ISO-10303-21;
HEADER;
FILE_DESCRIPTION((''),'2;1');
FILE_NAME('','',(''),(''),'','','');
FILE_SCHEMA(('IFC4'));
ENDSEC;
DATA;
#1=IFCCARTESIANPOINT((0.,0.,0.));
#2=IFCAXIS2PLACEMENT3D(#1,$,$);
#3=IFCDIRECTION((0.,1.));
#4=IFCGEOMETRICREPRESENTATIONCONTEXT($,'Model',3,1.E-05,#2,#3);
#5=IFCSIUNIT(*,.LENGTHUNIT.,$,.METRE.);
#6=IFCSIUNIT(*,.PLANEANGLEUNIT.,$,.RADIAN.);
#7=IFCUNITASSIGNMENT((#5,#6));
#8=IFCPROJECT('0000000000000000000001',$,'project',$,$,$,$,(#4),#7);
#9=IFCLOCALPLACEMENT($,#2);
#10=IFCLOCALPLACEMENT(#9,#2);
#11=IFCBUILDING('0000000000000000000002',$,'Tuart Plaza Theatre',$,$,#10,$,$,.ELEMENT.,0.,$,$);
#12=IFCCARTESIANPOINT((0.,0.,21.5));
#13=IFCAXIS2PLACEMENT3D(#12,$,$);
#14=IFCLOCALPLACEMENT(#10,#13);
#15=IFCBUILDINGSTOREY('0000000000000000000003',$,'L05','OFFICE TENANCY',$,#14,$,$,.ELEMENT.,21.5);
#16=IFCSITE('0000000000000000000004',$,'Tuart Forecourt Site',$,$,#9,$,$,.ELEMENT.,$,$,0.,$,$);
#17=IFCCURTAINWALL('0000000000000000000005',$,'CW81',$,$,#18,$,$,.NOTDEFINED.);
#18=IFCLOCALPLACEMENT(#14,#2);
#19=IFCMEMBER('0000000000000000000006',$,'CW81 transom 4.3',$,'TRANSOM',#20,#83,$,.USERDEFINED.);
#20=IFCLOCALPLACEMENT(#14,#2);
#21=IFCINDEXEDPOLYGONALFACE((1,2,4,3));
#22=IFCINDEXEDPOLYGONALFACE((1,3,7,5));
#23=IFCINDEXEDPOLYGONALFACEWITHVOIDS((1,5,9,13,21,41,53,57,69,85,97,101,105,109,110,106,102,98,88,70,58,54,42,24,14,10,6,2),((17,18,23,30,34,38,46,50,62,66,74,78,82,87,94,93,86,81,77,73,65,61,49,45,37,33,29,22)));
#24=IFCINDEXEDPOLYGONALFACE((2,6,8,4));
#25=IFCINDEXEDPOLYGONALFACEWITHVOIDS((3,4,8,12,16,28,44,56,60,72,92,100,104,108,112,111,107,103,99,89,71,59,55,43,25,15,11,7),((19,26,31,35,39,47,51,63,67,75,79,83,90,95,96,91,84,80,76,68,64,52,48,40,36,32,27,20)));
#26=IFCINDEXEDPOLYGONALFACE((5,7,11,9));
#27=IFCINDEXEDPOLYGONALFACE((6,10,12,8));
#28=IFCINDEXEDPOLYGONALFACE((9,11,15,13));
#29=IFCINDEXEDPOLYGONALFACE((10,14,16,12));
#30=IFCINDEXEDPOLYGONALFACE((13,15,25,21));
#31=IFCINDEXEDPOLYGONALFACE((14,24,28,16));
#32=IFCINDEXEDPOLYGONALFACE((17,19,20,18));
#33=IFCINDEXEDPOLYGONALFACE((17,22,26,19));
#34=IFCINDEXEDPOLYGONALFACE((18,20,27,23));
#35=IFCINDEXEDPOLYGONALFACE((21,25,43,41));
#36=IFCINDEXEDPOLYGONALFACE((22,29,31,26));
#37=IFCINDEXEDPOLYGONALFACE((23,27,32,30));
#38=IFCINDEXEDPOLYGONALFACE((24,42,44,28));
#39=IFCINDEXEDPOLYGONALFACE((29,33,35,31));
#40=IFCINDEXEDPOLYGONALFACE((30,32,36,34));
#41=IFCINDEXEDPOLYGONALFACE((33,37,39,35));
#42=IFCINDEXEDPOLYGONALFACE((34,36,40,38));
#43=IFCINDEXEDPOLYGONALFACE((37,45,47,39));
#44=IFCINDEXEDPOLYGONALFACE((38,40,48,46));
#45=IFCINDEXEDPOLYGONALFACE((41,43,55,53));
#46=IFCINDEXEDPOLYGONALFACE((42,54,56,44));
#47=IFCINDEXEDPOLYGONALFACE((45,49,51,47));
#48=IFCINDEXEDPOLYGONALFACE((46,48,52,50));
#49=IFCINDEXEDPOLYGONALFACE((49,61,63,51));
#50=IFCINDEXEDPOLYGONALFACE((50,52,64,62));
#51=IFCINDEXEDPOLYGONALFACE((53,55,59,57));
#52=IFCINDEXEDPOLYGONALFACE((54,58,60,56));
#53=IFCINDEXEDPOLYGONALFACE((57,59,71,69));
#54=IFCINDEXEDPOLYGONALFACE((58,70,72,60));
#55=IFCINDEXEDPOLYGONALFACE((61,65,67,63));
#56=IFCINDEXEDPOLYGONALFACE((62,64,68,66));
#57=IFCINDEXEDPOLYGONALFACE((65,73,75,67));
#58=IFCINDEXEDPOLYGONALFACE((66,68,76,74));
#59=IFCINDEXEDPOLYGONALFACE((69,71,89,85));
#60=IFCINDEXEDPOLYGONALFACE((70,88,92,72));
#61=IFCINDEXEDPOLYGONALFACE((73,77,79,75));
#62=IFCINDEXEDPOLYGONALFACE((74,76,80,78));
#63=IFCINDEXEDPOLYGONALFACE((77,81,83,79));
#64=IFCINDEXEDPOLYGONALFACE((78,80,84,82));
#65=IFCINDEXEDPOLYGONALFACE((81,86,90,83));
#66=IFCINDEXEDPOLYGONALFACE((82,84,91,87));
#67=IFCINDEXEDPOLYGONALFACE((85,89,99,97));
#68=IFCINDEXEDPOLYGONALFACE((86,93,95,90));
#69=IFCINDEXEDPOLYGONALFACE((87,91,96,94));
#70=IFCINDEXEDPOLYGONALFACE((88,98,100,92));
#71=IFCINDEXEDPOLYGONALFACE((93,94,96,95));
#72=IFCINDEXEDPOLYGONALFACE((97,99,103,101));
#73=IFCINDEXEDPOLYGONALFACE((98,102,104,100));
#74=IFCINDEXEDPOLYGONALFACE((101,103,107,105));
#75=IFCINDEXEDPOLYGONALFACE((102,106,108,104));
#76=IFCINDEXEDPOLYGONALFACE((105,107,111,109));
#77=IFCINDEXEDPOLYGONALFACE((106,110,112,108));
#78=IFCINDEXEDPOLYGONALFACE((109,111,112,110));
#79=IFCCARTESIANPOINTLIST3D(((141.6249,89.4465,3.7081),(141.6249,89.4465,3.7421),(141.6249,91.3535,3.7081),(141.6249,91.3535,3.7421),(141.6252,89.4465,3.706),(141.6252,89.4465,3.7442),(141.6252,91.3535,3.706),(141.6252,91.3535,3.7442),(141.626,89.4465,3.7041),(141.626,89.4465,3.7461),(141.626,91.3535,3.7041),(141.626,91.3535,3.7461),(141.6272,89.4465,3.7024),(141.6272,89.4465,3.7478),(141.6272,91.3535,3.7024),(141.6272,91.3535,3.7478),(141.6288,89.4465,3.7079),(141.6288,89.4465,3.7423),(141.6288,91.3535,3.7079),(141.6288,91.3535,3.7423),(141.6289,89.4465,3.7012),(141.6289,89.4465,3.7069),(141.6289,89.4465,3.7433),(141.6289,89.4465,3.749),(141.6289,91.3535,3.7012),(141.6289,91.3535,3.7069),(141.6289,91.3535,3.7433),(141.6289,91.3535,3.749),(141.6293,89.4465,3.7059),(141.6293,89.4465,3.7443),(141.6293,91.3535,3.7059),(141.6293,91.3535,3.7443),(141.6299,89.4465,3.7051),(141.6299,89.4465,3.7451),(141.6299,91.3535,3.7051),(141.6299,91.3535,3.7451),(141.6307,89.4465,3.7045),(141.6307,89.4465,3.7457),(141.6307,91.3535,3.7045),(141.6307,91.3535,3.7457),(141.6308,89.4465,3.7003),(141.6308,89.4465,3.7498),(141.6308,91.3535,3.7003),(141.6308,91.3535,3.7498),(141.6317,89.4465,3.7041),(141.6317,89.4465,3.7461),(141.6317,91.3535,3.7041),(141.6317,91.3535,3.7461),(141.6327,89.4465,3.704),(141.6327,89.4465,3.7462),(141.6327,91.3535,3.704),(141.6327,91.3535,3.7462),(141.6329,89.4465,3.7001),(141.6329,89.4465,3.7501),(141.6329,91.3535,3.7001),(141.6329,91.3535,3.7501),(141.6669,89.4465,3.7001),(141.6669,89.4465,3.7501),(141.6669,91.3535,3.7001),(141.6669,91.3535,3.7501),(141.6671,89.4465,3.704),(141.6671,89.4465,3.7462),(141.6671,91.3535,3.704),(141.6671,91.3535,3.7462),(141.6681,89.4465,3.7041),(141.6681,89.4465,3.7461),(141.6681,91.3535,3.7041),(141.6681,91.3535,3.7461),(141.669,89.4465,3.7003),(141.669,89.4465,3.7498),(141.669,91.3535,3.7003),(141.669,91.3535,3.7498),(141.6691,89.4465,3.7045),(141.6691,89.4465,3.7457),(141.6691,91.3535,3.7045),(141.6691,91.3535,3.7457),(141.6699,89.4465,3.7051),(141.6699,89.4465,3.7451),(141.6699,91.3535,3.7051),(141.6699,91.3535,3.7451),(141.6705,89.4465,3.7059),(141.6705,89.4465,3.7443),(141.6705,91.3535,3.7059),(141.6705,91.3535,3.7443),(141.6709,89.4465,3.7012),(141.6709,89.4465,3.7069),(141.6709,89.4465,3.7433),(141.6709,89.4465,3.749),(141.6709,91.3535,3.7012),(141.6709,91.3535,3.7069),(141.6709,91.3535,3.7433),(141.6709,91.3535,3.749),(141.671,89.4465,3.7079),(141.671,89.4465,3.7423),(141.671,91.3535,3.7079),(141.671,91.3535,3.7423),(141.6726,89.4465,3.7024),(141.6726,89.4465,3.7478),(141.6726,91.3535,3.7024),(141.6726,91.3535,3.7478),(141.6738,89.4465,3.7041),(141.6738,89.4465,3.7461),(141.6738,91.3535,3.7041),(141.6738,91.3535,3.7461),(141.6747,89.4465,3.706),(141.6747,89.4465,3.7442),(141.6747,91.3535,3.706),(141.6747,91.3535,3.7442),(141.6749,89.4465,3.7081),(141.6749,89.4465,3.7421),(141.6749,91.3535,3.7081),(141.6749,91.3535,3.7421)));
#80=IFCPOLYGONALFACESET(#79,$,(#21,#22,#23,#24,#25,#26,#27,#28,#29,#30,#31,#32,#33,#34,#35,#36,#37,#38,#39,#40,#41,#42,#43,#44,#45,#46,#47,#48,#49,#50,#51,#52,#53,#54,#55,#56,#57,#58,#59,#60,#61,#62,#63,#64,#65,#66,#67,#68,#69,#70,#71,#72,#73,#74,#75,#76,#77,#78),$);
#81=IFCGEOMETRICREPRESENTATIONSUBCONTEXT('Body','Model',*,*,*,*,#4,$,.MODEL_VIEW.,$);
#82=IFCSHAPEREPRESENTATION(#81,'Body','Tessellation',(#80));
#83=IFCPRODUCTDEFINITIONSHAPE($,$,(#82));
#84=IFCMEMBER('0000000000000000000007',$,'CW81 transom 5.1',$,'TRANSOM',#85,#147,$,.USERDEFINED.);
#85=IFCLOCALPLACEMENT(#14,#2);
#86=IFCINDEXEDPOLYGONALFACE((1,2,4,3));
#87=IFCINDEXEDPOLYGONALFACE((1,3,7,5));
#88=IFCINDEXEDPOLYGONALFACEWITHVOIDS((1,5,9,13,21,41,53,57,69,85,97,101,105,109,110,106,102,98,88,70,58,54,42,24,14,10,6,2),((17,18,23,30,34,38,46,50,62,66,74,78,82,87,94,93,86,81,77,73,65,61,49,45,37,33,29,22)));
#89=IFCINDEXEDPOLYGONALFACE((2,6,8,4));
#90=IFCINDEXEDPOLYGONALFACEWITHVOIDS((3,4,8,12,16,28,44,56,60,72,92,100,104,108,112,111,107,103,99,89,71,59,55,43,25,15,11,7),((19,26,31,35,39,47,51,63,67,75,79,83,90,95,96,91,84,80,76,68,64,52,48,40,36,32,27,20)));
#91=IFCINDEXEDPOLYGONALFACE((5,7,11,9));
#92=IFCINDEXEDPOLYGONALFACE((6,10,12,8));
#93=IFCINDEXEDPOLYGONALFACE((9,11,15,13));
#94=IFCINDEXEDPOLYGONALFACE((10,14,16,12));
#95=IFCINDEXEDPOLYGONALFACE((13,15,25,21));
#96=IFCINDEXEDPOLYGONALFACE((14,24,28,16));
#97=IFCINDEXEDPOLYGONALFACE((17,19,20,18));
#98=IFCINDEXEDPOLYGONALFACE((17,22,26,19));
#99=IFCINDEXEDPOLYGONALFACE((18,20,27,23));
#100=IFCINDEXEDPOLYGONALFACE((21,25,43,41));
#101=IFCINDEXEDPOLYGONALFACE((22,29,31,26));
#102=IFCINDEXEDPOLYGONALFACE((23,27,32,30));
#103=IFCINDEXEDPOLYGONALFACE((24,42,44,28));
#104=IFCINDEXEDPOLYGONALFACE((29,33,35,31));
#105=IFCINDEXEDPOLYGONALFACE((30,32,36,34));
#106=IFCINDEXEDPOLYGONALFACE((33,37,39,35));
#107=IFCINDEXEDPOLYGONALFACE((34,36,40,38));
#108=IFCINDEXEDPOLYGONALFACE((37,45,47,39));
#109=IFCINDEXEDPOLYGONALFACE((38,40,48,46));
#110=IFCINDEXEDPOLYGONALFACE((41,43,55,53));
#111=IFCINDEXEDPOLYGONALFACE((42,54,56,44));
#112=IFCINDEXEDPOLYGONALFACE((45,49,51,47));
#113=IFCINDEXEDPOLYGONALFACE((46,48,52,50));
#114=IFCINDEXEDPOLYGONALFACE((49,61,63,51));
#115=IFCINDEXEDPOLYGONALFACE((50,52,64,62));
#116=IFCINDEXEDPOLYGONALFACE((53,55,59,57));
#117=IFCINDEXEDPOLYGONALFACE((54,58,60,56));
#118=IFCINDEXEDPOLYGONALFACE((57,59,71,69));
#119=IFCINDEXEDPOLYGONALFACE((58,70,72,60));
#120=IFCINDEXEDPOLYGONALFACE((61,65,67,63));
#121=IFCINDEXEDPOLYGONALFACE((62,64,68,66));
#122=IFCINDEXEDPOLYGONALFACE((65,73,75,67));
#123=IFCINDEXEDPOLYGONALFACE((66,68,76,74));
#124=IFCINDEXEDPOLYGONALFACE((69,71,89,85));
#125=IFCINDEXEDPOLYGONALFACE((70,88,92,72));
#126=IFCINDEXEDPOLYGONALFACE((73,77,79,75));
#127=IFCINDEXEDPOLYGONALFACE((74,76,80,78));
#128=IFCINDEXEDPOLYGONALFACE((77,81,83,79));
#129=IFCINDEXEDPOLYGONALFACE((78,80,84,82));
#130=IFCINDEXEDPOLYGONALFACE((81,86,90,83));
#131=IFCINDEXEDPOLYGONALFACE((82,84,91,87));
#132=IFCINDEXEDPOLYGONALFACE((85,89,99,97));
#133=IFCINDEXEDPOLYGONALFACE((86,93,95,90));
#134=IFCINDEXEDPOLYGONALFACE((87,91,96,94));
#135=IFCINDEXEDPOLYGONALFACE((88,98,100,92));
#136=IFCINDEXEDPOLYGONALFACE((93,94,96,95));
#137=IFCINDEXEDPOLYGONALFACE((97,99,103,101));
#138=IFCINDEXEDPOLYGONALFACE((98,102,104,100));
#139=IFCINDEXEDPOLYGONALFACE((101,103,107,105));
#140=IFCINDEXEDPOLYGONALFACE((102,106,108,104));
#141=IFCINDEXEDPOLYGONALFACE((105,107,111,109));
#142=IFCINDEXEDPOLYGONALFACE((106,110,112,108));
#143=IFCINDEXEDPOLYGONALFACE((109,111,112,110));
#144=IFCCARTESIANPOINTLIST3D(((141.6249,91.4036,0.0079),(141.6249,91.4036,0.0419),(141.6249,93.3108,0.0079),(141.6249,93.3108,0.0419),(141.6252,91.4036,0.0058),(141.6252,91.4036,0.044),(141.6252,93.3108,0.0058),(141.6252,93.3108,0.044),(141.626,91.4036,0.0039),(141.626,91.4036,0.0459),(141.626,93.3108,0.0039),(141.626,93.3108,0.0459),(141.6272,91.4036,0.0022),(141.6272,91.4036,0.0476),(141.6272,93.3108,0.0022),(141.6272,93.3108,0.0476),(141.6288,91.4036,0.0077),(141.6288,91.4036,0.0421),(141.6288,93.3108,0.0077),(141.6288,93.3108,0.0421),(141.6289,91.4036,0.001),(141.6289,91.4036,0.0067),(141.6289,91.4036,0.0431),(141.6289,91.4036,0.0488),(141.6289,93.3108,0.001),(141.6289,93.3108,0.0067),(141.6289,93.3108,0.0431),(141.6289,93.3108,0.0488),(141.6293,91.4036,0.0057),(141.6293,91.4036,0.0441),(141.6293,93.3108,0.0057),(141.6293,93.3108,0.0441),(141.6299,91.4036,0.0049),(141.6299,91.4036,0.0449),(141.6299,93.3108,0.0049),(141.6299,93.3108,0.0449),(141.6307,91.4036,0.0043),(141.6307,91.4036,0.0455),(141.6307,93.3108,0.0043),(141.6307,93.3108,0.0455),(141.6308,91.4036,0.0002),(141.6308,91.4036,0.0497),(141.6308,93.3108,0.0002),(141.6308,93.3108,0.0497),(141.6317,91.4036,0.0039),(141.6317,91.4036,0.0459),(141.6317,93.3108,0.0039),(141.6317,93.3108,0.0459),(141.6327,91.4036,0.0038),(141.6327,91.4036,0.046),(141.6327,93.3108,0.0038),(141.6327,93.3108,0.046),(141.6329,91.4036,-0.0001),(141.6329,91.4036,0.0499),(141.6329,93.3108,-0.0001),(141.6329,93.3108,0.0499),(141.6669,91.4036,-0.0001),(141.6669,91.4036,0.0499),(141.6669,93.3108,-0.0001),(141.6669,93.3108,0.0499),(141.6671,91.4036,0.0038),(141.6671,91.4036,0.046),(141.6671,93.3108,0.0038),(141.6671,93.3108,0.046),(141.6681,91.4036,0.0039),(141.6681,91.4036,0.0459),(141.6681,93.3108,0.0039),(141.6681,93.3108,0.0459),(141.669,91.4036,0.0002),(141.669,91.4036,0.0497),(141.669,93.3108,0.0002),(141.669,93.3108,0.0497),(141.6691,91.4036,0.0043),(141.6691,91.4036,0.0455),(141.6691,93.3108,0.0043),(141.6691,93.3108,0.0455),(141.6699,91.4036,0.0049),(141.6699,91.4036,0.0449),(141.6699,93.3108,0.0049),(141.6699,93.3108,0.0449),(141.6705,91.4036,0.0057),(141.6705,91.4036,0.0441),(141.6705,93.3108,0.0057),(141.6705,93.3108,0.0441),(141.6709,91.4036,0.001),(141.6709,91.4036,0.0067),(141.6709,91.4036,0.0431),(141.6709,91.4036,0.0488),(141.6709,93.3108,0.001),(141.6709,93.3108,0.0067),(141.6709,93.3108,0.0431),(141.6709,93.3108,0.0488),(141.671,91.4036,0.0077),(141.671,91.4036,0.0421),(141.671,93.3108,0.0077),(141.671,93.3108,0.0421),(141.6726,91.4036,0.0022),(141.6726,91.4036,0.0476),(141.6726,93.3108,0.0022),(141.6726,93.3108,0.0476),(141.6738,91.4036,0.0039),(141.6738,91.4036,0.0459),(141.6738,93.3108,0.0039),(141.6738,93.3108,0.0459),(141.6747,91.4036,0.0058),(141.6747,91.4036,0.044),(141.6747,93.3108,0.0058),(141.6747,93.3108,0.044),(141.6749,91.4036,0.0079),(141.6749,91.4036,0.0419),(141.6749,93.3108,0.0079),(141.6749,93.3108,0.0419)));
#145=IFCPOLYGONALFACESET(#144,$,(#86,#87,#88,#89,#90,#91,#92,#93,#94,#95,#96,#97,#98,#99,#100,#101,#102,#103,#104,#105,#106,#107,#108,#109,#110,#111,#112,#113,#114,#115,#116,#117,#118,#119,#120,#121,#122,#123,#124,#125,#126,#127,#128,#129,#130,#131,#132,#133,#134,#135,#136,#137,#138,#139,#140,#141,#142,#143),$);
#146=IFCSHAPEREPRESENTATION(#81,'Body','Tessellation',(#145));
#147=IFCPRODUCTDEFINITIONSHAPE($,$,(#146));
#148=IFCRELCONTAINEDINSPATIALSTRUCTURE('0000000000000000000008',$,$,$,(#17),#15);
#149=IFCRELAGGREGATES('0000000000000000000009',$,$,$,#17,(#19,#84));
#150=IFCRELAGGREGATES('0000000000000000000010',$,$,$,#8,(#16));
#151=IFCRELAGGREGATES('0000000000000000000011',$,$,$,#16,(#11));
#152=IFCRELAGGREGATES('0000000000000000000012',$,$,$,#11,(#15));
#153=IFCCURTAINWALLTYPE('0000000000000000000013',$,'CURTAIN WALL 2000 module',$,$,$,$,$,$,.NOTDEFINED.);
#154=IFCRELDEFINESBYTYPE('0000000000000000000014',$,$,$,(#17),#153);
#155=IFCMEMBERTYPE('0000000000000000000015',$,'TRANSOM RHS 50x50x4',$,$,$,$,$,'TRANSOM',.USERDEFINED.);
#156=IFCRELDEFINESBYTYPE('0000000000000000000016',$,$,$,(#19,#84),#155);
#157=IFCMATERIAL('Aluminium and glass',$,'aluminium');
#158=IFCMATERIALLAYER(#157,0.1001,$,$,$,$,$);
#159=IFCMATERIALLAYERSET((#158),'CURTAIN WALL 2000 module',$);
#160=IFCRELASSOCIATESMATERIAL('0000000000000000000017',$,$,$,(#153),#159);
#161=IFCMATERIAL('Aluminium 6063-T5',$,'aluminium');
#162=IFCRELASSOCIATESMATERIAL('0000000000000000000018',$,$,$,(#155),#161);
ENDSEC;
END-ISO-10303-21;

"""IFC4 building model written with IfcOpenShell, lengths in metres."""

from ifc_helpers import new_model, si_unit, direction, frame, origin, origin_2d, place, context, subcontext, project, spatial, hollow_rectangle, extrude, material, layer, layer_set, material_profile, profile_set, type_object, element, aggregate, save


model = new_model("IFC4")

# Units and contexts
model_context = context("Model", 3, precision=1e-05, world=origin(), true_north=direction((0.0, 1.0)))
body_context = subcontext(model_context, "Body", "Model", "MODEL_VIEW")
ifc_project = project(units=[si_unit("LENGTHUNIT", "METRE"), si_unit("PLANEANGLEUNIT", "RADIAN")], contexts=[model_context])

# Site, building, storey
site_placement = place(None, origin())
site = spatial("IfcSite", under=ifc_project, at=site_placement, Name="Tuart Forecourt Site", CompositionType="ELEMENT", RefElevation=0.0)
building_placement = place(site_placement, origin())
building = spatial("IfcBuilding", under=site, at=building_placement, Name="Tuart Plaza Theatre", CompositionType="ELEMENT", ElevationOfRefHeight=0.0)
storey_placement = place(building_placement, frame((0.0, 0.0, 21.5)))
storey = spatial("IfcBuildingStorey", under=building, at=storey_placement, Name="L05", Description="OFFICE TENANCY", CompositionType="ELEMENT", Elevation=21.5)

# Curtain wall
ifc_material_1 = material(Name="Aluminium and glass", Category="aluminium")
ifc_layer_1 = layer(ifc_material_1, 0.1001)
ifc_layer_set_1 = layer_set([ifc_layer_1], Name="CURTAIN WALL 2000 module")
curtain_wall_type = type_object("IfcCurtainWallType", Name="CURTAIN WALL 2000 module", PredefinedType="NOTDEFINED", material=ifc_layer_set_1)
curtain_wall_1_placement = place(storey_placement, origin())
curtain_wall_1 = element("IfcCurtainWall", 1, at=curtain_wall_1_placement, inside=storey, type_object=curtain_wall_type, Name="CW81", PredefinedType="NOTDEFINED")

# Members
ifc_material_2 = material(Name="Aluminium 6063-T5", Category="aluminium")
ifc_material_profile_1 = material_profile(ifc_material_2, hollow_rectangle(XDim=0.05, YDim=0.05, WallThickness=0.0039, InnerFilletRadius=0.0039, OuterFilletRadius=0.0081, at=origin_2d()), Name="RHS 50x50x4")
ifc_profile_set_1 = profile_set([ifc_material_profile_1], Name="Aluminium 6063-T5")
member_type_1 = type_object("IfcMemberType", Name="TRANSOM RHS 50x50x4", ElementType="TRANSOM", PredefinedType="USERDEFINED", material=ifc_profile_set_1)
member_1_placement = place(storey_placement, frame((141.6499, 89.4465, 3.7251), z_axis=(0.0, 1.0, 0.0), x_axis=(-1.0, 0.0, 0.0)))
member_1 = element("IfcMember", 2, at=member_1_placement, type_object=member_type_1, Name="CW81 transom 4.3", ObjectType="TRANSOM", PredefinedType="USERDEFINED", context=body_context, shape_type="SweptSolid", body=[
    extrude(hollow_rectangle(XDim=0.05, YDim=0.05, WallThickness=0.0039, InnerFilletRadius=0.0039, OuterFilletRadius=0.0081, at=origin_2d()), origin(), (0.0, 0.0, 1.0), 1.907),
])
member_2_placement = place(storey_placement, frame((141.6499, 91.4036, 0.0249), z_axis=(0.0, 1.0, 0.0), x_axis=(-1.0, 0.0, 0.0)))
member_2 = element("IfcMember", 3, at=member_2_placement, type_object=member_type_1, Name="CW81 transom 5.1", ObjectType="TRANSOM", PredefinedType="USERDEFINED", context=body_context, shape_type="SweptSolid", body=[
    extrude(hollow_rectangle(XDim=0.05, YDim=0.05, WallThickness=0.0039, InnerFilletRadius=0.0039, OuterFilletRadius=0.0081, at=origin_2d()), origin(), (0.0, 0.0, 1.0), 1.9072),
])

aggregate(curtain_wall_1, [member_1, member_2])

save(model, "model.ifc")
